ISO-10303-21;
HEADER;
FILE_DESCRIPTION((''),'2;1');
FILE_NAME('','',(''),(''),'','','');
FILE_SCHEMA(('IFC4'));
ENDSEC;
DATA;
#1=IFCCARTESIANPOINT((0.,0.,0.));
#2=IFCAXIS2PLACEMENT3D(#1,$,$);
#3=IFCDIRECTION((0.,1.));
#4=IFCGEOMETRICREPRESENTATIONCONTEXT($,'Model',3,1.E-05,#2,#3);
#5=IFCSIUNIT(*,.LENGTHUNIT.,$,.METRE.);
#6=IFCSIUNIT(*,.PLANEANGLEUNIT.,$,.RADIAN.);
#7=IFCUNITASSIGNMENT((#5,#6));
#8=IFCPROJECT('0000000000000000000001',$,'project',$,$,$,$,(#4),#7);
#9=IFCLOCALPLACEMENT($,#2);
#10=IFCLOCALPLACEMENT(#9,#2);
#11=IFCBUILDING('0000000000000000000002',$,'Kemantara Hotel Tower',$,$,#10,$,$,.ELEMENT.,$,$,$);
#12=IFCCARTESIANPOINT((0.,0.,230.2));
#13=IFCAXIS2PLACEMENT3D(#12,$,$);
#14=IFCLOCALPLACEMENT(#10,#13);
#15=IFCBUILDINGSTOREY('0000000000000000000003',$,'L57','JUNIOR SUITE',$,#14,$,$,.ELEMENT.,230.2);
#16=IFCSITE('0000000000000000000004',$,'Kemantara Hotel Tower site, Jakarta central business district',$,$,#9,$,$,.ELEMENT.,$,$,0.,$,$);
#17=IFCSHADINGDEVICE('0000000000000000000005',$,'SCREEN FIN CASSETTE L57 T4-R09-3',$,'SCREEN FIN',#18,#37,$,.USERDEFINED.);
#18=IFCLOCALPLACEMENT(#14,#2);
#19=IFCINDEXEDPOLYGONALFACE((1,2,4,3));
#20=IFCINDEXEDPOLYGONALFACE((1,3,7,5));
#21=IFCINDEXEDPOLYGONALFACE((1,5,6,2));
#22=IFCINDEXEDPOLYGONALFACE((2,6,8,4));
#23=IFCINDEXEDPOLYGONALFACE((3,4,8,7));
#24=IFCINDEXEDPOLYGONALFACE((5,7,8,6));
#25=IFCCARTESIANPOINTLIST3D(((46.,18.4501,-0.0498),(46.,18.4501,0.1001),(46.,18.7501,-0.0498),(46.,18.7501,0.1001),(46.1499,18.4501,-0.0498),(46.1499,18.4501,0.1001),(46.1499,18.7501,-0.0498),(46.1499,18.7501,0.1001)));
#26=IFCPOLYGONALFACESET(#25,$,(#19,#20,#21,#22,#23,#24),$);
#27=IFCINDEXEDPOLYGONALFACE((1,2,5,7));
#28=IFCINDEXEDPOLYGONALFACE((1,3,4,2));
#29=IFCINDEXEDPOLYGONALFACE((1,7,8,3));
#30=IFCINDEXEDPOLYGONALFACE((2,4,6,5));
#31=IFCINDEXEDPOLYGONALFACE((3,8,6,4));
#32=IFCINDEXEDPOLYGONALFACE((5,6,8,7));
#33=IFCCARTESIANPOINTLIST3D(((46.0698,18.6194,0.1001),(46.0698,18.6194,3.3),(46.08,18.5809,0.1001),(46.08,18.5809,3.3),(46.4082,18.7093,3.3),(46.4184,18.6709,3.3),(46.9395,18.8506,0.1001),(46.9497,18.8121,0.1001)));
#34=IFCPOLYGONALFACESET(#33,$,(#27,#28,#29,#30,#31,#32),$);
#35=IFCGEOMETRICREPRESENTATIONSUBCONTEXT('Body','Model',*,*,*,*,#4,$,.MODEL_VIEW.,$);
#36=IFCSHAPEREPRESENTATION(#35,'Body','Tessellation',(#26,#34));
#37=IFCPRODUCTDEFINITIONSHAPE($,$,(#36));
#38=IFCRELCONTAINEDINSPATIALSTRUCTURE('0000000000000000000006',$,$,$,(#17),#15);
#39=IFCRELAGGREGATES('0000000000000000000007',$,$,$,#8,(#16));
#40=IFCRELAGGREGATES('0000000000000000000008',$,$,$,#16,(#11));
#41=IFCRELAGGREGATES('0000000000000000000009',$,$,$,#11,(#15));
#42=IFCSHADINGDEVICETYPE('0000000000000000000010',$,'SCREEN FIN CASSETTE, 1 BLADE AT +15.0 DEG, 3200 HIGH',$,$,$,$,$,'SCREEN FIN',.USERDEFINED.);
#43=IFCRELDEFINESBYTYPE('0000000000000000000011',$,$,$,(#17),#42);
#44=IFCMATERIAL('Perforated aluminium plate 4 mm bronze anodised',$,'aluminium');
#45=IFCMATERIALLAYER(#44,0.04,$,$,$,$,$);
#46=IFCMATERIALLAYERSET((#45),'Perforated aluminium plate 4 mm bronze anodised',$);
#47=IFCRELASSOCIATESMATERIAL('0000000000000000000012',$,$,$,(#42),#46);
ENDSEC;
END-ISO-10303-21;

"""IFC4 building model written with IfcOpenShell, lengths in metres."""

from ifc_helpers import new_model, si_unit, direction, frame, origin, origin_2d, place, context, subcontext, project, spatial, polyline, rectangle, outline, extrude, source, transform, mapped, material, layer, layer_set, type_object, element, save


model = new_model("IFC4")

# Units and contexts
model_context = context("Model", 3, precision=1e-05, world=origin(), true_north=direction((0.0, 1.0)))
body_context = subcontext(model_context, "Body", "Model", "MODEL_VIEW")
ifc_project = project(units=[si_unit("LENGTHUNIT", "METRE"), si_unit("PLANEANGLEUNIT", "RADIAN")], contexts=[model_context])

# Site, building, storey
site_placement = place(None, origin())
site = spatial("IfcSite", under=ifc_project, at=site_placement, Name="Kemantara Hotel Tower site, Jakarta central business district", CompositionType="ELEMENT", RefElevation=0.0)
building_placement = place(site_placement, origin())
building = spatial("IfcBuilding", under=site, at=building_placement, Name="Kemantara Hotel Tower", CompositionType="ELEMENT")
storey_placement = place(building_placement, frame((0.0, 0.0, 230.2)))
storey = spatial("IfcBuildingStorey", under=building, at=storey_placement, Name="L57", Description="JUNIOR SUITE", CompositionType="ELEMENT", Elevation=230.2)

# Shading device
ifc_material_1 = material(Name="Perforated aluminium plate 4 mm bronze anodised", Category="aluminium")
ifc_layer_1 = layer(ifc_material_1, 0.04)
ifc_layer_set_1 = layer_set([ifc_layer_1], Name="Perforated aluminium plate 4 mm bronze anodised")
shading_device_type_1 = type_object("IfcShadingDeviceType", Name="SCREEN FIN CASSETTE, 1 BLADE AT +15.0 DEG, 3200 HIGH", ElementType="SCREEN FIN", PredefinedType="USERDEFINED", material=ifc_layer_set_1)
shared_shape_1 = source(origin(), body_context, "Body", "SweptSolid", [
    extrude(rectangle(XDim=0.3, YDim=0.1499, at=origin_2d()), frame((0.0, -0.075, -0.1499), z_axis=(0.0, 0.0, 1.0), x_axis=(1.0, 0.0, 0.0)), (0.0, 0.0, 1.0), 0.1499),
    extrude(outline(polyline([(0.0, 0.0), (0.8999, 0.0), (0.3501, 3.2), (0.0, 3.2), (0.0, 0.0)])), frame((0.0193, -0.0698, 0.0), z_axis=(-0.966438, -0.256901, 0.0), x_axis=(0.256901, -0.966438, 0.0)), (0.0, 0.0, 1.0), 0.0398),
])
shading_device_1_placement = place(storey_placement, frame((46.0, 18.6001, 0.1001), z_axis=(0.0, 0.0, 1.0), x_axis=(0.0, 1.0, 0.0)))
element("IfcShadingDevice", 1, at=shading_device_1_placement, inside=storey, type_object=shading_device_type_1, Name="SCREEN FIN CASSETTE L57 T4-R09-3", ObjectType="SCREEN FIN", PredefinedType="USERDEFINED", context=body_context, shape_type="MappedRepresentation", body=[
    mapped(shared_shape_1, transform((0.0, 0.0, 0.0))),
])

save(model, "model.ifc")
